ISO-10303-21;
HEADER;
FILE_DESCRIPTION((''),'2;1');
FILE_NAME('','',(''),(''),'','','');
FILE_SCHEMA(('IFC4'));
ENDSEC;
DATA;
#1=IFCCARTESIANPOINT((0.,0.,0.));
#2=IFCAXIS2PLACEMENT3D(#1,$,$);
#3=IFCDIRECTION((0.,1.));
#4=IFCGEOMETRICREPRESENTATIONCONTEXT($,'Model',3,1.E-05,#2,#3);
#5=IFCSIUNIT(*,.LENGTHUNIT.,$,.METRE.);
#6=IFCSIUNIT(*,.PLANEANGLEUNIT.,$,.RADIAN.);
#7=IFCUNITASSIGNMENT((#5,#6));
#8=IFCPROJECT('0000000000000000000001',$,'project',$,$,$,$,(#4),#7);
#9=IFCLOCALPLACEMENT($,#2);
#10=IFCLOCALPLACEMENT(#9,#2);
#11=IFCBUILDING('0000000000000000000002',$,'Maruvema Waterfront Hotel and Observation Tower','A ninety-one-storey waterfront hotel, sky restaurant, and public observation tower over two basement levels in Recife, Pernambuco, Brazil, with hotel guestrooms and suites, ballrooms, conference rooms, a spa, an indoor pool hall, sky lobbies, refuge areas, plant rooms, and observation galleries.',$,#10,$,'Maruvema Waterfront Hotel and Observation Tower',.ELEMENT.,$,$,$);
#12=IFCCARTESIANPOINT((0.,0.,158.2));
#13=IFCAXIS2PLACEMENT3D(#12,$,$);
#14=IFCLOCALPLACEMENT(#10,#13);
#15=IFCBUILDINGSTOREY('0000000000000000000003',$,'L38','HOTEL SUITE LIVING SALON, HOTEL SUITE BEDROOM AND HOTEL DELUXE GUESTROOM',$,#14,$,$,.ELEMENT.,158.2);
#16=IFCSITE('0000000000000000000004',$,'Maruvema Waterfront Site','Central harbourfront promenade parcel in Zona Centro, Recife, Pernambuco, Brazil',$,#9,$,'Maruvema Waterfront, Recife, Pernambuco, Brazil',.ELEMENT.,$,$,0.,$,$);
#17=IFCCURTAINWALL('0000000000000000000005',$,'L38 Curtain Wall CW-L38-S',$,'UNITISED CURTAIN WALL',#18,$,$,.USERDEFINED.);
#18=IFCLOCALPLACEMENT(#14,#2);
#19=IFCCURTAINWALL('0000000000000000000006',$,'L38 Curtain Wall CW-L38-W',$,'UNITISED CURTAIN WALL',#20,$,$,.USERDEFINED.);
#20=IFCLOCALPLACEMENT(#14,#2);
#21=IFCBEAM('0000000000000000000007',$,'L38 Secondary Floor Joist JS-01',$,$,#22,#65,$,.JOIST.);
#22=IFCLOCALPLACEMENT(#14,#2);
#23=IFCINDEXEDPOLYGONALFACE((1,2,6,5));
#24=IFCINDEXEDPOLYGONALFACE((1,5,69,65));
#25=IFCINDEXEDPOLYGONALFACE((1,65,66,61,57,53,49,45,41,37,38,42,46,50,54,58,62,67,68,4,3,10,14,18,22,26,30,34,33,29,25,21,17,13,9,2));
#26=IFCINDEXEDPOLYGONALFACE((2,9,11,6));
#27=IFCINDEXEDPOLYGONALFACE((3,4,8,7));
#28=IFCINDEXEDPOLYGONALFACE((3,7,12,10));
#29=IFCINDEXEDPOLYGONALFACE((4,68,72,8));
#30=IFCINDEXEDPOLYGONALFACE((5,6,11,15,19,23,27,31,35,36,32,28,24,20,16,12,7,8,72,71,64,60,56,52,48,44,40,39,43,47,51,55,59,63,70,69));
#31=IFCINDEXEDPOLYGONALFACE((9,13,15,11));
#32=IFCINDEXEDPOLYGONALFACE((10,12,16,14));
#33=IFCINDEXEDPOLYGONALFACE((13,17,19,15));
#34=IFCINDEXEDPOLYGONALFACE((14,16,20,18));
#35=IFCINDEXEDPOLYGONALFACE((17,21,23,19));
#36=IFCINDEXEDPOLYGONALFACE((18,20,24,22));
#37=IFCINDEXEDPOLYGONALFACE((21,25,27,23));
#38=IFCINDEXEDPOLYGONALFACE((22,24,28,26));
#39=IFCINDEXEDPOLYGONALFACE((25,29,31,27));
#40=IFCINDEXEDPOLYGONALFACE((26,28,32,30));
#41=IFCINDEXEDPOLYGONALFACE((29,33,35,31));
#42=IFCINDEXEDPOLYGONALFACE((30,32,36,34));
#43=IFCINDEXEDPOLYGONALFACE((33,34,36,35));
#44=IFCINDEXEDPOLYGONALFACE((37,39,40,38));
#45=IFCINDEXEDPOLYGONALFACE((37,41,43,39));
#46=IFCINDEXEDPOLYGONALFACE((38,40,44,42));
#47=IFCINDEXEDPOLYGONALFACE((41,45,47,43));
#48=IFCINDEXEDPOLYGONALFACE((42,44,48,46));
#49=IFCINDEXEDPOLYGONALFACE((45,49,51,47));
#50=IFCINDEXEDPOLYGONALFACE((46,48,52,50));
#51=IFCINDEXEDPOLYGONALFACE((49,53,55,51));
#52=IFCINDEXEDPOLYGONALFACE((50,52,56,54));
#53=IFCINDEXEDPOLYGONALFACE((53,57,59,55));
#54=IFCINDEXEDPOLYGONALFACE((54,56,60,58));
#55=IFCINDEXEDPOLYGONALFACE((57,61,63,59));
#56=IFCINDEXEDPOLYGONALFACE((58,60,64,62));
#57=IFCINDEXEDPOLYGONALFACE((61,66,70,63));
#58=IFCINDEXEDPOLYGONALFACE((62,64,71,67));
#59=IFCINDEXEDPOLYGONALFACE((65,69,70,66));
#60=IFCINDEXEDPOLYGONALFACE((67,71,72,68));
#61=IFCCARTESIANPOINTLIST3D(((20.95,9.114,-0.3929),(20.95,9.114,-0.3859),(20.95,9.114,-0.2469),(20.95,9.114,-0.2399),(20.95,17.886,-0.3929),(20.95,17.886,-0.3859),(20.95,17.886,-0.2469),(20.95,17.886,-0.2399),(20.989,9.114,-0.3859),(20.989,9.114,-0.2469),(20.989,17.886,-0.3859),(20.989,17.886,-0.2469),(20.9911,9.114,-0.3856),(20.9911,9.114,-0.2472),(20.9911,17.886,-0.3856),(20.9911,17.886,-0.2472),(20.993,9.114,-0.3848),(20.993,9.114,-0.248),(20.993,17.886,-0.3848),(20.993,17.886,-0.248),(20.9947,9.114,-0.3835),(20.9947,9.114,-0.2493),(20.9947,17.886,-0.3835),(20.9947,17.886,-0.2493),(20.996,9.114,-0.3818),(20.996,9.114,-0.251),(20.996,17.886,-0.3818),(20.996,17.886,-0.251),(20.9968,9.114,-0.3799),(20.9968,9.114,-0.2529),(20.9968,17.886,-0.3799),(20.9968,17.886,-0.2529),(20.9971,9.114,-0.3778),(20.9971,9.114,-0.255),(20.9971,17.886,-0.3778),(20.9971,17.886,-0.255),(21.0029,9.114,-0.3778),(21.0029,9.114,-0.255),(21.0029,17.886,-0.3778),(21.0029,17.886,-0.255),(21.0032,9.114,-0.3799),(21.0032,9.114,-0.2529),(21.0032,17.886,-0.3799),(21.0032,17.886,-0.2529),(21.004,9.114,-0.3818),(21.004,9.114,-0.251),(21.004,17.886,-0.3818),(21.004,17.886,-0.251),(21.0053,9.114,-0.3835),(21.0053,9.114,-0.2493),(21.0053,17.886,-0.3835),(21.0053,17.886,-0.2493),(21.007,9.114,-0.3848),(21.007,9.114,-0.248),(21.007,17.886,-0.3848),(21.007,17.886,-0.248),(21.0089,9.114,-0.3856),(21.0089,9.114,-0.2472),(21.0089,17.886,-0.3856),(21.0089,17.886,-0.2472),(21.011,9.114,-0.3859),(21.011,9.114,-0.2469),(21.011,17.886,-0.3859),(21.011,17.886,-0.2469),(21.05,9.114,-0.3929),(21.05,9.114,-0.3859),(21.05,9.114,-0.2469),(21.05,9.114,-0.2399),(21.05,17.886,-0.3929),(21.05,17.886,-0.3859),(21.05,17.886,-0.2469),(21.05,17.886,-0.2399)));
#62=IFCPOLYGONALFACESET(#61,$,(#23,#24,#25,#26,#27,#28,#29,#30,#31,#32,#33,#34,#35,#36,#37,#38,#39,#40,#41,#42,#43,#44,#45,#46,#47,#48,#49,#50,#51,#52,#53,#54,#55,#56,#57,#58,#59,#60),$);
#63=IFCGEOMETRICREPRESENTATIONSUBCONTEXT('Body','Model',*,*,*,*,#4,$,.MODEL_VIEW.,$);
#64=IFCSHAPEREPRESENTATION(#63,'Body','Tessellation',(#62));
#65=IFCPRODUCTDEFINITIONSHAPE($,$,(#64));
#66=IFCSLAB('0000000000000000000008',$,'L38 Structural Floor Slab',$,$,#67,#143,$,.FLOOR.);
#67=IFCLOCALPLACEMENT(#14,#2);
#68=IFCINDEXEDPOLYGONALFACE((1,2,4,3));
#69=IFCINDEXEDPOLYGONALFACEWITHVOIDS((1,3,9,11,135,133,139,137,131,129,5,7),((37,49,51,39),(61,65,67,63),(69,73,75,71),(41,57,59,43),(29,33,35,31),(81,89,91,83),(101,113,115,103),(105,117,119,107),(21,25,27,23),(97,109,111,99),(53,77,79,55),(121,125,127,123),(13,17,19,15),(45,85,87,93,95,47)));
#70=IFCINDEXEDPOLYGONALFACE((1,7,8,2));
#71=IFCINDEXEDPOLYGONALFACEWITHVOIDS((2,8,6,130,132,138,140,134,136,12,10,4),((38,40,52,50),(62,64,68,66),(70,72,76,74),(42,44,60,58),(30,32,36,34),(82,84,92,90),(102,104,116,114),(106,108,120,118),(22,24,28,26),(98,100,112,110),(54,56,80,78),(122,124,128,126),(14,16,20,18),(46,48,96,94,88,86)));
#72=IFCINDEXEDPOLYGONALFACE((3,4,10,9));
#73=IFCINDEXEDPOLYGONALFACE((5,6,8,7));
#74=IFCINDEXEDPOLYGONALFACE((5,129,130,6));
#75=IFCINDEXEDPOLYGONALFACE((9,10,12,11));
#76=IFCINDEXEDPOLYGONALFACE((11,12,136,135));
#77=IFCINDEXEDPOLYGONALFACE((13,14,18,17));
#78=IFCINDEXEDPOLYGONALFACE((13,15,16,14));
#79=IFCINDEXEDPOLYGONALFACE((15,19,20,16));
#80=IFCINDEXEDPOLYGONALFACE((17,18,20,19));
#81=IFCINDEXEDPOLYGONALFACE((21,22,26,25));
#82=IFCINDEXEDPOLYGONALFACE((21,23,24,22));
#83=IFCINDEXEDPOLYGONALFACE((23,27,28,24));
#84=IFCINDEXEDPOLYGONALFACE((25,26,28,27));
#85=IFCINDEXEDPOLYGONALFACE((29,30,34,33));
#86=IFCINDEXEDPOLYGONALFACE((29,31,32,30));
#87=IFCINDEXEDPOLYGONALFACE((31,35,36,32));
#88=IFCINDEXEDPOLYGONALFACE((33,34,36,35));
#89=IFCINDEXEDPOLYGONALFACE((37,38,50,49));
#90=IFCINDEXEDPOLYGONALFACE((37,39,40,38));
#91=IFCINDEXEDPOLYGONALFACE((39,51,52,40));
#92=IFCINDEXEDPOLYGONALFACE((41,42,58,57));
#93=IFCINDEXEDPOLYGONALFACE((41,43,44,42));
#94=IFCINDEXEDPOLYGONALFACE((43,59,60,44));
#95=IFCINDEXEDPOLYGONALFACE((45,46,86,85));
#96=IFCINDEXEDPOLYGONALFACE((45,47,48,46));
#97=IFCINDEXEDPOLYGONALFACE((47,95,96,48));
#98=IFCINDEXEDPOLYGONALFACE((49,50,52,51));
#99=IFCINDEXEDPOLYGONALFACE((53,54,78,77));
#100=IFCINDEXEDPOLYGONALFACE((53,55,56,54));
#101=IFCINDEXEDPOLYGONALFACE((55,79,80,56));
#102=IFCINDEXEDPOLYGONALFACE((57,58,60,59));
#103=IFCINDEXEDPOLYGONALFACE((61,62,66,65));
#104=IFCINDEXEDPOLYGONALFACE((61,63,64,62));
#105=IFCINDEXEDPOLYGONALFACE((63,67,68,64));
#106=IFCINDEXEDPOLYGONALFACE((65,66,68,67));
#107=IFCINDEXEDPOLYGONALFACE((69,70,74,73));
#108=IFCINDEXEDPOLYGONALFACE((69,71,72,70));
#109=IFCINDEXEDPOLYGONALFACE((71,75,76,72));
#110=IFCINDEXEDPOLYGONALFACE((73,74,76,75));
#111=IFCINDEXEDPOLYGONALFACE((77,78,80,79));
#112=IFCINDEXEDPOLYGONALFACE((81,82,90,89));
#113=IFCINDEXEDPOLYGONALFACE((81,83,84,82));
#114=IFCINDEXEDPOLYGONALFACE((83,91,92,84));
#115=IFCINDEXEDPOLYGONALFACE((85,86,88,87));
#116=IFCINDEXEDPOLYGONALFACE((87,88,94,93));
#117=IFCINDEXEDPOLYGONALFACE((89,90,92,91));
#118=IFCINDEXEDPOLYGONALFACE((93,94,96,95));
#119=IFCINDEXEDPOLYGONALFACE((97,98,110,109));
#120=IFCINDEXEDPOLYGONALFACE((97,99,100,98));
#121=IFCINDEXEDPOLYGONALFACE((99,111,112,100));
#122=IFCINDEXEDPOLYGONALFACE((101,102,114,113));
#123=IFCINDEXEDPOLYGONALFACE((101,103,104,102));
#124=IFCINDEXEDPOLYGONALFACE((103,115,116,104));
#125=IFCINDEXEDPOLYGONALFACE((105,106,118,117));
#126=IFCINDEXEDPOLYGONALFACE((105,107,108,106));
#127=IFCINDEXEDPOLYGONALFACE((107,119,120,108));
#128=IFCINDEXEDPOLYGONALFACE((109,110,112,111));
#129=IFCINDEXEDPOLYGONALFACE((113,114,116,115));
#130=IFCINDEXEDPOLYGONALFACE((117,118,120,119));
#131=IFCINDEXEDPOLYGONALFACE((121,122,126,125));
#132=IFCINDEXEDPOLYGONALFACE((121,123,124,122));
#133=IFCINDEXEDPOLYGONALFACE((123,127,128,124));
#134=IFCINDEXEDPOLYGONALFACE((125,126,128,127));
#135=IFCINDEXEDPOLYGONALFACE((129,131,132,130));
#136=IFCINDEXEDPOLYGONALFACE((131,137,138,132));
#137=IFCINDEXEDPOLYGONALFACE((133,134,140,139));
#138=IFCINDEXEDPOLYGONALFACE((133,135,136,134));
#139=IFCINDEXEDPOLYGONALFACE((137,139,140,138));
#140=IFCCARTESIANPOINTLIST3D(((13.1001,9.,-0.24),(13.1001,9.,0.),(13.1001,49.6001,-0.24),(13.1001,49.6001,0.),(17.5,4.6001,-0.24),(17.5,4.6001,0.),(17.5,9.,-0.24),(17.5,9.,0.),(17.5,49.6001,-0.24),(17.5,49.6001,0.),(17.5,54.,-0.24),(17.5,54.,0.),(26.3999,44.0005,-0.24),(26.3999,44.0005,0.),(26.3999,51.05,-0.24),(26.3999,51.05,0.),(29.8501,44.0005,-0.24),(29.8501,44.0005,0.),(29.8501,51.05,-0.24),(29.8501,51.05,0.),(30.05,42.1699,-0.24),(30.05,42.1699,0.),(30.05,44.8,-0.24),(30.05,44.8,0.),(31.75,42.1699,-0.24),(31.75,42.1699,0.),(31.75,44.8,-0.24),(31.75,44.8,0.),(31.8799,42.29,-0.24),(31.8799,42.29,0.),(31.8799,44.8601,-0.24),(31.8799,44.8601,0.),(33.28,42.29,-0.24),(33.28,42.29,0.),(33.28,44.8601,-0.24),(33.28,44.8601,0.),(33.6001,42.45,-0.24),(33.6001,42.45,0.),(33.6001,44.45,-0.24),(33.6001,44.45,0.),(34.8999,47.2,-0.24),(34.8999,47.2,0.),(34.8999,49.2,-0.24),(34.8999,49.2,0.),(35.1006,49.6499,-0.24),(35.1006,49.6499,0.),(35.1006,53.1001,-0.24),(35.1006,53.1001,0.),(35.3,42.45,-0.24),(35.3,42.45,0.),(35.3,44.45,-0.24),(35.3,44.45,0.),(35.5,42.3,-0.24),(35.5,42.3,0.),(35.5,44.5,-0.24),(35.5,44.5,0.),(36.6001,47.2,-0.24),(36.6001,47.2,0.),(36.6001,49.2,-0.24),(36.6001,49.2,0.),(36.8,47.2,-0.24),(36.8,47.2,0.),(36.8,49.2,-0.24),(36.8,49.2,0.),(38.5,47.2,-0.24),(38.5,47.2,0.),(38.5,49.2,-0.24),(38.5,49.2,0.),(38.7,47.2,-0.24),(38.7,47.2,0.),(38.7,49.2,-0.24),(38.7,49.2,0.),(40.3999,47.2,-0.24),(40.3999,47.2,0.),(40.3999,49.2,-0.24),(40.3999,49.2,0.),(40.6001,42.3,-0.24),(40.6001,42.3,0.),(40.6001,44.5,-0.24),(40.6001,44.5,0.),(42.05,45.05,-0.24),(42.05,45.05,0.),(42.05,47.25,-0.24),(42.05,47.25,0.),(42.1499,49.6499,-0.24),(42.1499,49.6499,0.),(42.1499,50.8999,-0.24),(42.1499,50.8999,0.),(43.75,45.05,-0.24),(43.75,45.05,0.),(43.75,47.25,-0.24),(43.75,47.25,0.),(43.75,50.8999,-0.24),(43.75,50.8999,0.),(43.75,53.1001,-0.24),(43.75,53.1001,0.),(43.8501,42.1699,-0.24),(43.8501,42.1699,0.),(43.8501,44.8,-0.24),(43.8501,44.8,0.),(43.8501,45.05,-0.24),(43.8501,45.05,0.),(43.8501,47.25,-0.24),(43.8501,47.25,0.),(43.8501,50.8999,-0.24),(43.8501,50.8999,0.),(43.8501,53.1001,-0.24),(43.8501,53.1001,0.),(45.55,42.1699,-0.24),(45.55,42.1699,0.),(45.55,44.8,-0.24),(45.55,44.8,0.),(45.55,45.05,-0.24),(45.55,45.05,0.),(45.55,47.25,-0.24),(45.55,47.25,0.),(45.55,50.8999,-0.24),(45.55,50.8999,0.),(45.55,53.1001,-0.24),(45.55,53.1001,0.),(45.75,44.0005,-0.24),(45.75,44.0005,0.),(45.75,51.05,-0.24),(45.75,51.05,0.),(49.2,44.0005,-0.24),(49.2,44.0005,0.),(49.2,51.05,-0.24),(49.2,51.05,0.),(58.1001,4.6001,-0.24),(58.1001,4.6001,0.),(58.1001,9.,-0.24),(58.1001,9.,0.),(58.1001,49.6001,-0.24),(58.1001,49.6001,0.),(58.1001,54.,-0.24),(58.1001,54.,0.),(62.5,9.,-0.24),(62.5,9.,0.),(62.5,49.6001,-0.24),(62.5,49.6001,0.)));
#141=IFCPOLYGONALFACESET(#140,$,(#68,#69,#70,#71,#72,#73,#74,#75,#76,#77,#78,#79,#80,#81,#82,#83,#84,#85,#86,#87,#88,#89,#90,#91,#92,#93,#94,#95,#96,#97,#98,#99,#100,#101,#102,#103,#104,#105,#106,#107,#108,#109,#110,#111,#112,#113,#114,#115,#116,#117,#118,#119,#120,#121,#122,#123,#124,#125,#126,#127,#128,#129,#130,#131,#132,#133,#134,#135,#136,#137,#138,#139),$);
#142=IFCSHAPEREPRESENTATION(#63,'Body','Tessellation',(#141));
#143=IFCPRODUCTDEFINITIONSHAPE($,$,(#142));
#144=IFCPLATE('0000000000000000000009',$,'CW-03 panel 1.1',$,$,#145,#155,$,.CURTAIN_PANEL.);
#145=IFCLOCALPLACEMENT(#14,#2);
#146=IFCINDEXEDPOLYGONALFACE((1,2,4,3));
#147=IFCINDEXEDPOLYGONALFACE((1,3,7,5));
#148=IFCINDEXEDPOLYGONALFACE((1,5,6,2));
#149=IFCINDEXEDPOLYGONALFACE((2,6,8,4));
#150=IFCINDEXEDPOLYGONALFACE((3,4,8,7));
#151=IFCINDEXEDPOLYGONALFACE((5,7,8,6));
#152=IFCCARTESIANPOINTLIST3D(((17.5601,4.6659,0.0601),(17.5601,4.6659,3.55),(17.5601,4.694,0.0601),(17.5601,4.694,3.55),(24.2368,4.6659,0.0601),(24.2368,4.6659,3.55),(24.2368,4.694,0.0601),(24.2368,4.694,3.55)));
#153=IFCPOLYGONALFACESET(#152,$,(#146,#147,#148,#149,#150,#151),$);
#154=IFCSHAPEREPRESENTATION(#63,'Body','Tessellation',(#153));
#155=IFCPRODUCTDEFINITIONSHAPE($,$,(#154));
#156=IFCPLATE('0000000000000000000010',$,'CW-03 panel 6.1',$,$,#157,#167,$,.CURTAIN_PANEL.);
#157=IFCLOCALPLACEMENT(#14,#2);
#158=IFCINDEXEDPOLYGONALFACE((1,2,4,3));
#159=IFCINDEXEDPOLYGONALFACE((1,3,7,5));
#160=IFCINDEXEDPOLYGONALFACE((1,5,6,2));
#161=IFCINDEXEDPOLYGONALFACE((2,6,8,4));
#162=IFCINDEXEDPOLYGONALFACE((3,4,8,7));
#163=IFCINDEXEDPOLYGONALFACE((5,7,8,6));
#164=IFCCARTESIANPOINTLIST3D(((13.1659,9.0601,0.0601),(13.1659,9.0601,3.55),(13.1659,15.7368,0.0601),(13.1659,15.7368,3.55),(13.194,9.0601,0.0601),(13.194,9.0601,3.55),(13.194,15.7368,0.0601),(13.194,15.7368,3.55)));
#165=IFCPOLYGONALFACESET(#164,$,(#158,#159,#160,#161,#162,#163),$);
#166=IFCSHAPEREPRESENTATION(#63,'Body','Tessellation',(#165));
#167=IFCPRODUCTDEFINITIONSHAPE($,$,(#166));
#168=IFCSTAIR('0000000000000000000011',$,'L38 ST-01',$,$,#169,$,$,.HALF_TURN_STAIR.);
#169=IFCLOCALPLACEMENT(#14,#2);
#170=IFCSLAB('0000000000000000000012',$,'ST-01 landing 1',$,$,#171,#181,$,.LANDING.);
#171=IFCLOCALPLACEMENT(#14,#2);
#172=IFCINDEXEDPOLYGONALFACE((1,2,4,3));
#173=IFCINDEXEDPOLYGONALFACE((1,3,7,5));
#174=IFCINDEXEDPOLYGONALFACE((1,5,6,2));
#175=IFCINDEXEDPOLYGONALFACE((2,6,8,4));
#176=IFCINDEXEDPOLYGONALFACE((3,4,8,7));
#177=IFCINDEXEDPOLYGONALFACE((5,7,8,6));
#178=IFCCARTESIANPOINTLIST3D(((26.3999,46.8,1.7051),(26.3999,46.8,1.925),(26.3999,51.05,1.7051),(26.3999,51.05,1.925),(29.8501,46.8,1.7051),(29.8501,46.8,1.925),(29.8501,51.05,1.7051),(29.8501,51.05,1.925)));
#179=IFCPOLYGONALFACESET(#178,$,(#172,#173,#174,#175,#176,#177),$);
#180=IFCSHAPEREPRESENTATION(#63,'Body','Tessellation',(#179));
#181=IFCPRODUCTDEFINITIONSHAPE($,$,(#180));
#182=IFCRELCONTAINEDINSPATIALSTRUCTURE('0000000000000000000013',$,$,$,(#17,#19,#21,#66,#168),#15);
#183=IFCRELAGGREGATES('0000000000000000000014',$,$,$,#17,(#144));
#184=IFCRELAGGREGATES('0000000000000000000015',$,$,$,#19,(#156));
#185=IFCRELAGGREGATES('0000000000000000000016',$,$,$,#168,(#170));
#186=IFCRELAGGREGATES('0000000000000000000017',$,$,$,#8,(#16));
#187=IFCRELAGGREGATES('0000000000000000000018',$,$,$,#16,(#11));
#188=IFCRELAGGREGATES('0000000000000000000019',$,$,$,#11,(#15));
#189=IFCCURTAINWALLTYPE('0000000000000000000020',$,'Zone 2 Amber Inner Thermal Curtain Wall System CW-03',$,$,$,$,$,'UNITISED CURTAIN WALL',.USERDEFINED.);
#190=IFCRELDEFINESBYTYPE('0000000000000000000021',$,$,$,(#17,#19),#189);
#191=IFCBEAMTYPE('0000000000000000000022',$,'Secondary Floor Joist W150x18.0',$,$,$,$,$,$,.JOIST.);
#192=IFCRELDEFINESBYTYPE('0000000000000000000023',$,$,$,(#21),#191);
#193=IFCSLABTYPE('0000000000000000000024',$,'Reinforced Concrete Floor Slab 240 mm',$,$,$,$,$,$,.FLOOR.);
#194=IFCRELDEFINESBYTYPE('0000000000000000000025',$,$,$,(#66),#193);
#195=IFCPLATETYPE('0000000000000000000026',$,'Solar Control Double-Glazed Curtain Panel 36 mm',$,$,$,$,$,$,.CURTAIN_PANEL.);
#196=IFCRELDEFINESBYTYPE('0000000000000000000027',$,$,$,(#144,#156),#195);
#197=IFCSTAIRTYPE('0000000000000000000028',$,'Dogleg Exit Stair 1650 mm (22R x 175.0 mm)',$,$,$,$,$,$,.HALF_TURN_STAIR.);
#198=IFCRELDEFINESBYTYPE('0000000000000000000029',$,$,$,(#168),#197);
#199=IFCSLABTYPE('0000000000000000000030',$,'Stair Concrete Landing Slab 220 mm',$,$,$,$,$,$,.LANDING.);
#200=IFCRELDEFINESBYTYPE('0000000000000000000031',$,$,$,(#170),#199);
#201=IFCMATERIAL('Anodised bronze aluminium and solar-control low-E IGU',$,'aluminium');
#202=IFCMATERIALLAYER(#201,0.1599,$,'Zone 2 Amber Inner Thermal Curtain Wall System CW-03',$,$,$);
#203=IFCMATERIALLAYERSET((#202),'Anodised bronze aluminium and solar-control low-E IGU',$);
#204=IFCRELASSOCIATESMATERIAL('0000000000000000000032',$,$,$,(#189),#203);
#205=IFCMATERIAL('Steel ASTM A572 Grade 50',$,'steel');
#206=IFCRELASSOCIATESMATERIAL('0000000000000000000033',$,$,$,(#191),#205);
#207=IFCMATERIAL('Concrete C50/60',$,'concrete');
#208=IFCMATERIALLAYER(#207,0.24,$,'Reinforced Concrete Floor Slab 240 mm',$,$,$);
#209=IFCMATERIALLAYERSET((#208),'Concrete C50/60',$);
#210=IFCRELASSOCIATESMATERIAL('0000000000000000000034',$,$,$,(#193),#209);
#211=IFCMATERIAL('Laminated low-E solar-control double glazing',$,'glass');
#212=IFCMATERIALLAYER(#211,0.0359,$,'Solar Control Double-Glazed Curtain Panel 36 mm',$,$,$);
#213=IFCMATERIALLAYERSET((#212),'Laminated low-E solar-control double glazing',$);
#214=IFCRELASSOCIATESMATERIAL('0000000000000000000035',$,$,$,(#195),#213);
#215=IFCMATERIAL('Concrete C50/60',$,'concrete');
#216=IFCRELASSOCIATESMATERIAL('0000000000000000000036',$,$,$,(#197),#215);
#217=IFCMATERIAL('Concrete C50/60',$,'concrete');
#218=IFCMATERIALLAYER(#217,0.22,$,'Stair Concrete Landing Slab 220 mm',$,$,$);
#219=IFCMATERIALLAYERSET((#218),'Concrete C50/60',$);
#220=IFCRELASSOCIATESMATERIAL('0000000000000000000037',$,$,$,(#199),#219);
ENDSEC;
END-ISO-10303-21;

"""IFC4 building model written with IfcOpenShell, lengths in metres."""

from ifc_helpers import new_model, si_unit, direction, frame, origin, origin_2d, place, context, subcontext, project, spatial, polyline, rectangle, i_section, outline, extrude, material, layer, layer_set, material_profile, profile_set, type_object, element, aggregate, save


model = new_model("IFC4")

# Units and contexts
model_context = context("Model", 3, precision=1e-05, world=origin(), true_north=direction((0.0, 1.0)))
body_context = subcontext(model_context, "Body", "Model", "MODEL_VIEW")
ifc_project = project(units=[si_unit("LENGTHUNIT", "METRE"), si_unit("PLANEANGLEUNIT", "RADIAN")], contexts=[model_context])

# Site, building, storey
site_placement = place(None, origin())
site = spatial("IfcSite", under=ifc_project, at=site_placement, Name="Maruvema Waterfront Site", Description="Central harbourfront promenade parcel in Zona Centro, Recife, Pernambuco, Brazil", LongName="Maruvema Waterfront, Recife, Pernambuco, Brazil", CompositionType="ELEMENT", RefElevation=0.0)
building_placement = place(site_placement, origin())
building = spatial("IfcBuilding", under=site, at=building_placement, Name="Maruvema Waterfront Hotel and Observation Tower", Description="A ninety-one-storey waterfront hotel, sky restaurant, and public observation tower over two basement levels in Recife, Pernambuco, Brazil, with hotel guestrooms and suites, ballrooms, conference rooms, a spa, an indoor pool hall, sky lobbies, refuge areas, plant rooms, and observation galleries.", LongName="Maruvema Waterfront Hotel and Observation Tower", CompositionType="ELEMENT")
storey_placement = place(building_placement, frame((0.0, 0.0, 158.2)))
storey = spatial("IfcBuildingStorey", under=building, at=storey_placement, Name="L38", Description="HOTEL SUITE LIVING SALON, HOTEL SUITE BEDROOM AND HOTEL DELUXE GUESTROOM", CompositionType="ELEMENT", Elevation=158.2)

# Curtain walls
ifc_material_1 = material(Name="Anodised bronze aluminium and solar-control low-E IGU", Category="aluminium")
ifc_layer_1 = layer(ifc_material_1, 0.1599, Name="Zone 2 Amber Inner Thermal Curtain Wall System CW-03")
ifc_layer_set_1 = layer_set([ifc_layer_1], Name="Anodised bronze aluminium and solar-control low-E IGU")
curtain_wall_type = type_object("IfcCurtainWallType", Name="Zone 2 Amber Inner Thermal Curtain Wall System CW-03", ElementType="UNITISED CURTAIN WALL", PredefinedType="USERDEFINED", material=ifc_layer_set_1)
curtain_wall_1_placement = place(storey_placement, origin())
curtain_wall_1 = element("IfcCurtainWall", 1, at=curtain_wall_1_placement, inside=storey, type_object=curtain_wall_type, Name="L38 Curtain Wall CW-L38-S", ObjectType="UNITISED CURTAIN WALL", PredefinedType="USERDEFINED")
curtain_wall_2_placement = place(storey_placement, origin())
curtain_wall_2 = element("IfcCurtainWall", 2, at=curtain_wall_2_placement, inside=storey, type_object=curtain_wall_type, Name="L38 Curtain Wall CW-L38-W", ObjectType="UNITISED CURTAIN WALL", PredefinedType="USERDEFINED")

# Beam
ifc_material_2 = material(Name="Steel ASTM A572 Grade 50", Category="steel")
ifc_material_profile_1 = material_profile(ifc_material_2, i_section(OverallWidth=0.1001, OverallDepth=0.1531, WebThickness=0.0059, FlangeThickness=0.0071, FilletRadius=0.0081, at=origin_2d()), Name="W150x18.0")
ifc_profile_set_1 = profile_set([ifc_material_profile_1], Name="Steel ASTM A572 Grade 50")
beam_type_1 = type_object("IfcBeamType", Name="Secondary Floor Joist W150x18.0", PredefinedType="JOIST", material=ifc_profile_set_1)
beam_1_placement = place(storey_placement, frame((21.0, 9.114, -0.3164), z_axis=(0.0, 1.0, 0.0), x_axis=(-1.0, 0.0, 0.0)))
element("IfcBeam", 3, at=beam_1_placement, inside=storey, type_object=beam_type_1, Name="L38 Secondary Floor Joist JS-01", PredefinedType="JOIST", context=body_context, shape_type="SweptSolid", body=[
    extrude(i_section(OverallWidth=0.1001, OverallDepth=0.1531, WebThickness=0.0059, FlangeThickness=0.0071, FilletRadius=0.0081, at=origin_2d()), origin(), (0.0, 0.0, 1.0), 8.772),
])

# Slab
ifc_material_3 = material(Name="Concrete C50/60", Category="concrete")
ifc_layer_2 = layer(ifc_material_3, 0.24, Name="Reinforced Concrete Floor Slab 240 mm")
ifc_layer_set_2 = layer_set([ifc_layer_2], Name="Concrete C50/60")
slab_type_1 = type_object("IfcSlabType", Name="Reinforced Concrete Floor Slab 240 mm", PredefinedType="FLOOR", material=ifc_layer_set_2)
slab_1_placement = place(storey_placement, frame((0.0, 0.0, -0.24)))
element("IfcSlab", 4, at=slab_1_placement, inside=storey, type_object=slab_type_1, Name="L38 Structural Floor Slab", PredefinedType="FLOOR", context=body_context, shape_type="SweptSolid", body=[
    extrude(outline(polyline([(17.5, 4.6001), (58.1001, 4.6001), (58.1001, 9.0), (62.5, 9.0), (62.5, 49.6001), (58.1001, 49.6001), (58.1001, 54.0), (17.5, 54.0), (17.5, 49.6001), (13.1001, 49.6001), (13.1001, 9.0), (17.5, 9.0), (17.5, 4.6001)]), holes=[polyline([(26.3999, 44.0005), (26.3999, 51.05), (29.8501, 51.05), (29.8501, 44.0005), (26.3999, 44.0005)]), polyline([(30.05, 44.8), (31.75, 44.8), (31.75, 42.1699), (30.05, 42.1699), (30.05, 44.8)]), polyline([(31.8799, 44.8601), (33.28, 44.8601), (33.28, 42.29), (31.8799, 42.29), (31.8799, 44.8601)]), polyline([(33.6001, 44.45), (35.3, 44.45), (35.3, 42.45), (33.6001, 42.45), (33.6001, 44.45)]), polyline([(34.8999, 49.2), (36.6001, 49.2), (36.6001, 47.2), (34.8999, 47.2), (34.8999, 49.2)]), polyline([(36.8, 49.2), (38.5, 49.2), (38.5, 47.2), (36.8, 47.2), (36.8, 49.2)]), polyline([(35.5, 42.3), (35.5, 44.5), (40.6001, 44.5), (40.6001, 42.3), (35.5, 42.3)]), polyline([(35.1006, 53.1001), (43.75, 53.1001), (43.75, 50.8999), (42.1499, 50.8999), (42.1499, 49.6499), (35.1006, 49.6499), (35.1006, 53.1001)]), polyline([(38.7, 49.2), (40.3999, 49.2), (40.3999, 47.2), (38.7, 47.2), (38.7, 49.2)]), polyline([(42.05, 47.25), (43.75, 47.25), (43.75, 45.05), (42.05, 45.05), (42.05, 47.25)]), polyline([(43.8501, 44.8), (45.55, 44.8), (45.55, 42.1699), (43.8501, 42.1699), (43.8501, 44.8)]), polyline([(43.8501, 47.25), (45.55, 47.25), (45.55, 45.05), (43.8501, 45.05), (43.8501, 47.25)]), polyline([(45.55, 53.1001), (45.55, 50.8999), (43.8501, 50.8999), (43.8501, 53.1001), (45.55, 53.1001)]), polyline([(45.75, 44.0005), (45.75, 51.05), (49.2, 51.05), (49.2, 44.0005), (45.75, 44.0005)])]), origin(), (0.0, 0.0, 1.0), 0.24),
])

# Plates
ifc_material_4 = material(Name="Laminated low-E solar-control double glazing", Category="glass")
ifc_layer_3 = layer(ifc_material_4, 0.0359, Name="Solar Control Double-Glazed Curtain Panel 36 mm")
ifc_layer_set_3 = layer_set([ifc_layer_3], Name="Laminated low-E solar-control double glazing")
plate_type = type_object("IfcPlateType", Name="Solar Control Double-Glazed Curtain Panel 36 mm", PredefinedType="CURTAIN_PANEL", material=ifc_layer_set_3)
plate_1_placement = place(storey_placement, frame((20.8984, 4.6799, 0.0601), z_axis=(0.0, 0.0, 1.0), x_axis=(1.0, 0.0, 0.0)))
plate_1 = element("IfcPlate", 5, at=plate_1_placement, type_object=plate_type, Name="CW-03 panel 1.1", PredefinedType="CURTAIN_PANEL", context=body_context, shape_type="SweptSolid", body=[
    extrude(rectangle(XDim=6.6768, YDim=0.0281, at=origin_2d()), origin(), (0.0, 0.0, 1.0), 3.49),
])
aggregate(curtain_wall_1, [plate_1])
plate_2_placement = place(storey_placement, frame((13.1799, 12.3984, 0.0601), z_axis=(0.0, 0.0, 1.0), x_axis=(0.0, -1.0, 0.0)))
plate_2 = element("IfcPlate", 6, at=plate_2_placement, type_object=plate_type, Name="CW-03 panel 6.1", PredefinedType="CURTAIN_PANEL", context=body_context, shape_type="SweptSolid", body=[
    extrude(rectangle(XDim=6.6768, YDim=0.0281, at=origin_2d()), origin(), (0.0, 0.0, 1.0), 3.49),
])
aggregate(curtain_wall_2, [plate_2])

# Stair, slab
ifc_material_5 = material(Name="Concrete C50/60", Category="concrete")
stair_type = type_object("IfcStairType", Name="Dogleg Exit Stair 1650 mm (22R x 175.0 mm)", PredefinedType="HALF_TURN_STAIR", material=ifc_material_5)
stair_1_placement = place(storey_placement, origin())
stair_1 = element("IfcStair", 7, at=stair_1_placement, inside=storey, type_object=stair_type, Name="L38 ST-01", PredefinedType="HALF_TURN_STAIR")
ifc_material_6 = material(Name="Concrete C50/60", Category="concrete")
ifc_layer_4 = layer(ifc_material_6, 0.22, Name="Stair Concrete Landing Slab 220 mm")
ifc_layer_set_4 = layer_set([ifc_layer_4], Name="Concrete C50/60")
slab_type_2 = type_object("IfcSlabType", Name="Stair Concrete Landing Slab 220 mm", PredefinedType="LANDING", material=ifc_layer_set_4)
slab_2_placement = place(storey_placement, frame((0.0, 0.0, 1.7051)))
slab_2 = element("IfcSlab", 8, at=slab_2_placement, type_object=slab_type_2, Name="ST-01 landing 1", PredefinedType="LANDING", context=body_context, shape_type="SweptSolid", body=[
    extrude(outline(polyline([(29.8501, 46.8), (29.8501, 51.05), (26.3999, 51.05), (26.3999, 46.8), (29.8501, 46.8)])), origin(), (0.0, 0.0, 1.0), 0.22),
])
aggregate(stair_1, [slab_2])

save(model, "model.ifc")
